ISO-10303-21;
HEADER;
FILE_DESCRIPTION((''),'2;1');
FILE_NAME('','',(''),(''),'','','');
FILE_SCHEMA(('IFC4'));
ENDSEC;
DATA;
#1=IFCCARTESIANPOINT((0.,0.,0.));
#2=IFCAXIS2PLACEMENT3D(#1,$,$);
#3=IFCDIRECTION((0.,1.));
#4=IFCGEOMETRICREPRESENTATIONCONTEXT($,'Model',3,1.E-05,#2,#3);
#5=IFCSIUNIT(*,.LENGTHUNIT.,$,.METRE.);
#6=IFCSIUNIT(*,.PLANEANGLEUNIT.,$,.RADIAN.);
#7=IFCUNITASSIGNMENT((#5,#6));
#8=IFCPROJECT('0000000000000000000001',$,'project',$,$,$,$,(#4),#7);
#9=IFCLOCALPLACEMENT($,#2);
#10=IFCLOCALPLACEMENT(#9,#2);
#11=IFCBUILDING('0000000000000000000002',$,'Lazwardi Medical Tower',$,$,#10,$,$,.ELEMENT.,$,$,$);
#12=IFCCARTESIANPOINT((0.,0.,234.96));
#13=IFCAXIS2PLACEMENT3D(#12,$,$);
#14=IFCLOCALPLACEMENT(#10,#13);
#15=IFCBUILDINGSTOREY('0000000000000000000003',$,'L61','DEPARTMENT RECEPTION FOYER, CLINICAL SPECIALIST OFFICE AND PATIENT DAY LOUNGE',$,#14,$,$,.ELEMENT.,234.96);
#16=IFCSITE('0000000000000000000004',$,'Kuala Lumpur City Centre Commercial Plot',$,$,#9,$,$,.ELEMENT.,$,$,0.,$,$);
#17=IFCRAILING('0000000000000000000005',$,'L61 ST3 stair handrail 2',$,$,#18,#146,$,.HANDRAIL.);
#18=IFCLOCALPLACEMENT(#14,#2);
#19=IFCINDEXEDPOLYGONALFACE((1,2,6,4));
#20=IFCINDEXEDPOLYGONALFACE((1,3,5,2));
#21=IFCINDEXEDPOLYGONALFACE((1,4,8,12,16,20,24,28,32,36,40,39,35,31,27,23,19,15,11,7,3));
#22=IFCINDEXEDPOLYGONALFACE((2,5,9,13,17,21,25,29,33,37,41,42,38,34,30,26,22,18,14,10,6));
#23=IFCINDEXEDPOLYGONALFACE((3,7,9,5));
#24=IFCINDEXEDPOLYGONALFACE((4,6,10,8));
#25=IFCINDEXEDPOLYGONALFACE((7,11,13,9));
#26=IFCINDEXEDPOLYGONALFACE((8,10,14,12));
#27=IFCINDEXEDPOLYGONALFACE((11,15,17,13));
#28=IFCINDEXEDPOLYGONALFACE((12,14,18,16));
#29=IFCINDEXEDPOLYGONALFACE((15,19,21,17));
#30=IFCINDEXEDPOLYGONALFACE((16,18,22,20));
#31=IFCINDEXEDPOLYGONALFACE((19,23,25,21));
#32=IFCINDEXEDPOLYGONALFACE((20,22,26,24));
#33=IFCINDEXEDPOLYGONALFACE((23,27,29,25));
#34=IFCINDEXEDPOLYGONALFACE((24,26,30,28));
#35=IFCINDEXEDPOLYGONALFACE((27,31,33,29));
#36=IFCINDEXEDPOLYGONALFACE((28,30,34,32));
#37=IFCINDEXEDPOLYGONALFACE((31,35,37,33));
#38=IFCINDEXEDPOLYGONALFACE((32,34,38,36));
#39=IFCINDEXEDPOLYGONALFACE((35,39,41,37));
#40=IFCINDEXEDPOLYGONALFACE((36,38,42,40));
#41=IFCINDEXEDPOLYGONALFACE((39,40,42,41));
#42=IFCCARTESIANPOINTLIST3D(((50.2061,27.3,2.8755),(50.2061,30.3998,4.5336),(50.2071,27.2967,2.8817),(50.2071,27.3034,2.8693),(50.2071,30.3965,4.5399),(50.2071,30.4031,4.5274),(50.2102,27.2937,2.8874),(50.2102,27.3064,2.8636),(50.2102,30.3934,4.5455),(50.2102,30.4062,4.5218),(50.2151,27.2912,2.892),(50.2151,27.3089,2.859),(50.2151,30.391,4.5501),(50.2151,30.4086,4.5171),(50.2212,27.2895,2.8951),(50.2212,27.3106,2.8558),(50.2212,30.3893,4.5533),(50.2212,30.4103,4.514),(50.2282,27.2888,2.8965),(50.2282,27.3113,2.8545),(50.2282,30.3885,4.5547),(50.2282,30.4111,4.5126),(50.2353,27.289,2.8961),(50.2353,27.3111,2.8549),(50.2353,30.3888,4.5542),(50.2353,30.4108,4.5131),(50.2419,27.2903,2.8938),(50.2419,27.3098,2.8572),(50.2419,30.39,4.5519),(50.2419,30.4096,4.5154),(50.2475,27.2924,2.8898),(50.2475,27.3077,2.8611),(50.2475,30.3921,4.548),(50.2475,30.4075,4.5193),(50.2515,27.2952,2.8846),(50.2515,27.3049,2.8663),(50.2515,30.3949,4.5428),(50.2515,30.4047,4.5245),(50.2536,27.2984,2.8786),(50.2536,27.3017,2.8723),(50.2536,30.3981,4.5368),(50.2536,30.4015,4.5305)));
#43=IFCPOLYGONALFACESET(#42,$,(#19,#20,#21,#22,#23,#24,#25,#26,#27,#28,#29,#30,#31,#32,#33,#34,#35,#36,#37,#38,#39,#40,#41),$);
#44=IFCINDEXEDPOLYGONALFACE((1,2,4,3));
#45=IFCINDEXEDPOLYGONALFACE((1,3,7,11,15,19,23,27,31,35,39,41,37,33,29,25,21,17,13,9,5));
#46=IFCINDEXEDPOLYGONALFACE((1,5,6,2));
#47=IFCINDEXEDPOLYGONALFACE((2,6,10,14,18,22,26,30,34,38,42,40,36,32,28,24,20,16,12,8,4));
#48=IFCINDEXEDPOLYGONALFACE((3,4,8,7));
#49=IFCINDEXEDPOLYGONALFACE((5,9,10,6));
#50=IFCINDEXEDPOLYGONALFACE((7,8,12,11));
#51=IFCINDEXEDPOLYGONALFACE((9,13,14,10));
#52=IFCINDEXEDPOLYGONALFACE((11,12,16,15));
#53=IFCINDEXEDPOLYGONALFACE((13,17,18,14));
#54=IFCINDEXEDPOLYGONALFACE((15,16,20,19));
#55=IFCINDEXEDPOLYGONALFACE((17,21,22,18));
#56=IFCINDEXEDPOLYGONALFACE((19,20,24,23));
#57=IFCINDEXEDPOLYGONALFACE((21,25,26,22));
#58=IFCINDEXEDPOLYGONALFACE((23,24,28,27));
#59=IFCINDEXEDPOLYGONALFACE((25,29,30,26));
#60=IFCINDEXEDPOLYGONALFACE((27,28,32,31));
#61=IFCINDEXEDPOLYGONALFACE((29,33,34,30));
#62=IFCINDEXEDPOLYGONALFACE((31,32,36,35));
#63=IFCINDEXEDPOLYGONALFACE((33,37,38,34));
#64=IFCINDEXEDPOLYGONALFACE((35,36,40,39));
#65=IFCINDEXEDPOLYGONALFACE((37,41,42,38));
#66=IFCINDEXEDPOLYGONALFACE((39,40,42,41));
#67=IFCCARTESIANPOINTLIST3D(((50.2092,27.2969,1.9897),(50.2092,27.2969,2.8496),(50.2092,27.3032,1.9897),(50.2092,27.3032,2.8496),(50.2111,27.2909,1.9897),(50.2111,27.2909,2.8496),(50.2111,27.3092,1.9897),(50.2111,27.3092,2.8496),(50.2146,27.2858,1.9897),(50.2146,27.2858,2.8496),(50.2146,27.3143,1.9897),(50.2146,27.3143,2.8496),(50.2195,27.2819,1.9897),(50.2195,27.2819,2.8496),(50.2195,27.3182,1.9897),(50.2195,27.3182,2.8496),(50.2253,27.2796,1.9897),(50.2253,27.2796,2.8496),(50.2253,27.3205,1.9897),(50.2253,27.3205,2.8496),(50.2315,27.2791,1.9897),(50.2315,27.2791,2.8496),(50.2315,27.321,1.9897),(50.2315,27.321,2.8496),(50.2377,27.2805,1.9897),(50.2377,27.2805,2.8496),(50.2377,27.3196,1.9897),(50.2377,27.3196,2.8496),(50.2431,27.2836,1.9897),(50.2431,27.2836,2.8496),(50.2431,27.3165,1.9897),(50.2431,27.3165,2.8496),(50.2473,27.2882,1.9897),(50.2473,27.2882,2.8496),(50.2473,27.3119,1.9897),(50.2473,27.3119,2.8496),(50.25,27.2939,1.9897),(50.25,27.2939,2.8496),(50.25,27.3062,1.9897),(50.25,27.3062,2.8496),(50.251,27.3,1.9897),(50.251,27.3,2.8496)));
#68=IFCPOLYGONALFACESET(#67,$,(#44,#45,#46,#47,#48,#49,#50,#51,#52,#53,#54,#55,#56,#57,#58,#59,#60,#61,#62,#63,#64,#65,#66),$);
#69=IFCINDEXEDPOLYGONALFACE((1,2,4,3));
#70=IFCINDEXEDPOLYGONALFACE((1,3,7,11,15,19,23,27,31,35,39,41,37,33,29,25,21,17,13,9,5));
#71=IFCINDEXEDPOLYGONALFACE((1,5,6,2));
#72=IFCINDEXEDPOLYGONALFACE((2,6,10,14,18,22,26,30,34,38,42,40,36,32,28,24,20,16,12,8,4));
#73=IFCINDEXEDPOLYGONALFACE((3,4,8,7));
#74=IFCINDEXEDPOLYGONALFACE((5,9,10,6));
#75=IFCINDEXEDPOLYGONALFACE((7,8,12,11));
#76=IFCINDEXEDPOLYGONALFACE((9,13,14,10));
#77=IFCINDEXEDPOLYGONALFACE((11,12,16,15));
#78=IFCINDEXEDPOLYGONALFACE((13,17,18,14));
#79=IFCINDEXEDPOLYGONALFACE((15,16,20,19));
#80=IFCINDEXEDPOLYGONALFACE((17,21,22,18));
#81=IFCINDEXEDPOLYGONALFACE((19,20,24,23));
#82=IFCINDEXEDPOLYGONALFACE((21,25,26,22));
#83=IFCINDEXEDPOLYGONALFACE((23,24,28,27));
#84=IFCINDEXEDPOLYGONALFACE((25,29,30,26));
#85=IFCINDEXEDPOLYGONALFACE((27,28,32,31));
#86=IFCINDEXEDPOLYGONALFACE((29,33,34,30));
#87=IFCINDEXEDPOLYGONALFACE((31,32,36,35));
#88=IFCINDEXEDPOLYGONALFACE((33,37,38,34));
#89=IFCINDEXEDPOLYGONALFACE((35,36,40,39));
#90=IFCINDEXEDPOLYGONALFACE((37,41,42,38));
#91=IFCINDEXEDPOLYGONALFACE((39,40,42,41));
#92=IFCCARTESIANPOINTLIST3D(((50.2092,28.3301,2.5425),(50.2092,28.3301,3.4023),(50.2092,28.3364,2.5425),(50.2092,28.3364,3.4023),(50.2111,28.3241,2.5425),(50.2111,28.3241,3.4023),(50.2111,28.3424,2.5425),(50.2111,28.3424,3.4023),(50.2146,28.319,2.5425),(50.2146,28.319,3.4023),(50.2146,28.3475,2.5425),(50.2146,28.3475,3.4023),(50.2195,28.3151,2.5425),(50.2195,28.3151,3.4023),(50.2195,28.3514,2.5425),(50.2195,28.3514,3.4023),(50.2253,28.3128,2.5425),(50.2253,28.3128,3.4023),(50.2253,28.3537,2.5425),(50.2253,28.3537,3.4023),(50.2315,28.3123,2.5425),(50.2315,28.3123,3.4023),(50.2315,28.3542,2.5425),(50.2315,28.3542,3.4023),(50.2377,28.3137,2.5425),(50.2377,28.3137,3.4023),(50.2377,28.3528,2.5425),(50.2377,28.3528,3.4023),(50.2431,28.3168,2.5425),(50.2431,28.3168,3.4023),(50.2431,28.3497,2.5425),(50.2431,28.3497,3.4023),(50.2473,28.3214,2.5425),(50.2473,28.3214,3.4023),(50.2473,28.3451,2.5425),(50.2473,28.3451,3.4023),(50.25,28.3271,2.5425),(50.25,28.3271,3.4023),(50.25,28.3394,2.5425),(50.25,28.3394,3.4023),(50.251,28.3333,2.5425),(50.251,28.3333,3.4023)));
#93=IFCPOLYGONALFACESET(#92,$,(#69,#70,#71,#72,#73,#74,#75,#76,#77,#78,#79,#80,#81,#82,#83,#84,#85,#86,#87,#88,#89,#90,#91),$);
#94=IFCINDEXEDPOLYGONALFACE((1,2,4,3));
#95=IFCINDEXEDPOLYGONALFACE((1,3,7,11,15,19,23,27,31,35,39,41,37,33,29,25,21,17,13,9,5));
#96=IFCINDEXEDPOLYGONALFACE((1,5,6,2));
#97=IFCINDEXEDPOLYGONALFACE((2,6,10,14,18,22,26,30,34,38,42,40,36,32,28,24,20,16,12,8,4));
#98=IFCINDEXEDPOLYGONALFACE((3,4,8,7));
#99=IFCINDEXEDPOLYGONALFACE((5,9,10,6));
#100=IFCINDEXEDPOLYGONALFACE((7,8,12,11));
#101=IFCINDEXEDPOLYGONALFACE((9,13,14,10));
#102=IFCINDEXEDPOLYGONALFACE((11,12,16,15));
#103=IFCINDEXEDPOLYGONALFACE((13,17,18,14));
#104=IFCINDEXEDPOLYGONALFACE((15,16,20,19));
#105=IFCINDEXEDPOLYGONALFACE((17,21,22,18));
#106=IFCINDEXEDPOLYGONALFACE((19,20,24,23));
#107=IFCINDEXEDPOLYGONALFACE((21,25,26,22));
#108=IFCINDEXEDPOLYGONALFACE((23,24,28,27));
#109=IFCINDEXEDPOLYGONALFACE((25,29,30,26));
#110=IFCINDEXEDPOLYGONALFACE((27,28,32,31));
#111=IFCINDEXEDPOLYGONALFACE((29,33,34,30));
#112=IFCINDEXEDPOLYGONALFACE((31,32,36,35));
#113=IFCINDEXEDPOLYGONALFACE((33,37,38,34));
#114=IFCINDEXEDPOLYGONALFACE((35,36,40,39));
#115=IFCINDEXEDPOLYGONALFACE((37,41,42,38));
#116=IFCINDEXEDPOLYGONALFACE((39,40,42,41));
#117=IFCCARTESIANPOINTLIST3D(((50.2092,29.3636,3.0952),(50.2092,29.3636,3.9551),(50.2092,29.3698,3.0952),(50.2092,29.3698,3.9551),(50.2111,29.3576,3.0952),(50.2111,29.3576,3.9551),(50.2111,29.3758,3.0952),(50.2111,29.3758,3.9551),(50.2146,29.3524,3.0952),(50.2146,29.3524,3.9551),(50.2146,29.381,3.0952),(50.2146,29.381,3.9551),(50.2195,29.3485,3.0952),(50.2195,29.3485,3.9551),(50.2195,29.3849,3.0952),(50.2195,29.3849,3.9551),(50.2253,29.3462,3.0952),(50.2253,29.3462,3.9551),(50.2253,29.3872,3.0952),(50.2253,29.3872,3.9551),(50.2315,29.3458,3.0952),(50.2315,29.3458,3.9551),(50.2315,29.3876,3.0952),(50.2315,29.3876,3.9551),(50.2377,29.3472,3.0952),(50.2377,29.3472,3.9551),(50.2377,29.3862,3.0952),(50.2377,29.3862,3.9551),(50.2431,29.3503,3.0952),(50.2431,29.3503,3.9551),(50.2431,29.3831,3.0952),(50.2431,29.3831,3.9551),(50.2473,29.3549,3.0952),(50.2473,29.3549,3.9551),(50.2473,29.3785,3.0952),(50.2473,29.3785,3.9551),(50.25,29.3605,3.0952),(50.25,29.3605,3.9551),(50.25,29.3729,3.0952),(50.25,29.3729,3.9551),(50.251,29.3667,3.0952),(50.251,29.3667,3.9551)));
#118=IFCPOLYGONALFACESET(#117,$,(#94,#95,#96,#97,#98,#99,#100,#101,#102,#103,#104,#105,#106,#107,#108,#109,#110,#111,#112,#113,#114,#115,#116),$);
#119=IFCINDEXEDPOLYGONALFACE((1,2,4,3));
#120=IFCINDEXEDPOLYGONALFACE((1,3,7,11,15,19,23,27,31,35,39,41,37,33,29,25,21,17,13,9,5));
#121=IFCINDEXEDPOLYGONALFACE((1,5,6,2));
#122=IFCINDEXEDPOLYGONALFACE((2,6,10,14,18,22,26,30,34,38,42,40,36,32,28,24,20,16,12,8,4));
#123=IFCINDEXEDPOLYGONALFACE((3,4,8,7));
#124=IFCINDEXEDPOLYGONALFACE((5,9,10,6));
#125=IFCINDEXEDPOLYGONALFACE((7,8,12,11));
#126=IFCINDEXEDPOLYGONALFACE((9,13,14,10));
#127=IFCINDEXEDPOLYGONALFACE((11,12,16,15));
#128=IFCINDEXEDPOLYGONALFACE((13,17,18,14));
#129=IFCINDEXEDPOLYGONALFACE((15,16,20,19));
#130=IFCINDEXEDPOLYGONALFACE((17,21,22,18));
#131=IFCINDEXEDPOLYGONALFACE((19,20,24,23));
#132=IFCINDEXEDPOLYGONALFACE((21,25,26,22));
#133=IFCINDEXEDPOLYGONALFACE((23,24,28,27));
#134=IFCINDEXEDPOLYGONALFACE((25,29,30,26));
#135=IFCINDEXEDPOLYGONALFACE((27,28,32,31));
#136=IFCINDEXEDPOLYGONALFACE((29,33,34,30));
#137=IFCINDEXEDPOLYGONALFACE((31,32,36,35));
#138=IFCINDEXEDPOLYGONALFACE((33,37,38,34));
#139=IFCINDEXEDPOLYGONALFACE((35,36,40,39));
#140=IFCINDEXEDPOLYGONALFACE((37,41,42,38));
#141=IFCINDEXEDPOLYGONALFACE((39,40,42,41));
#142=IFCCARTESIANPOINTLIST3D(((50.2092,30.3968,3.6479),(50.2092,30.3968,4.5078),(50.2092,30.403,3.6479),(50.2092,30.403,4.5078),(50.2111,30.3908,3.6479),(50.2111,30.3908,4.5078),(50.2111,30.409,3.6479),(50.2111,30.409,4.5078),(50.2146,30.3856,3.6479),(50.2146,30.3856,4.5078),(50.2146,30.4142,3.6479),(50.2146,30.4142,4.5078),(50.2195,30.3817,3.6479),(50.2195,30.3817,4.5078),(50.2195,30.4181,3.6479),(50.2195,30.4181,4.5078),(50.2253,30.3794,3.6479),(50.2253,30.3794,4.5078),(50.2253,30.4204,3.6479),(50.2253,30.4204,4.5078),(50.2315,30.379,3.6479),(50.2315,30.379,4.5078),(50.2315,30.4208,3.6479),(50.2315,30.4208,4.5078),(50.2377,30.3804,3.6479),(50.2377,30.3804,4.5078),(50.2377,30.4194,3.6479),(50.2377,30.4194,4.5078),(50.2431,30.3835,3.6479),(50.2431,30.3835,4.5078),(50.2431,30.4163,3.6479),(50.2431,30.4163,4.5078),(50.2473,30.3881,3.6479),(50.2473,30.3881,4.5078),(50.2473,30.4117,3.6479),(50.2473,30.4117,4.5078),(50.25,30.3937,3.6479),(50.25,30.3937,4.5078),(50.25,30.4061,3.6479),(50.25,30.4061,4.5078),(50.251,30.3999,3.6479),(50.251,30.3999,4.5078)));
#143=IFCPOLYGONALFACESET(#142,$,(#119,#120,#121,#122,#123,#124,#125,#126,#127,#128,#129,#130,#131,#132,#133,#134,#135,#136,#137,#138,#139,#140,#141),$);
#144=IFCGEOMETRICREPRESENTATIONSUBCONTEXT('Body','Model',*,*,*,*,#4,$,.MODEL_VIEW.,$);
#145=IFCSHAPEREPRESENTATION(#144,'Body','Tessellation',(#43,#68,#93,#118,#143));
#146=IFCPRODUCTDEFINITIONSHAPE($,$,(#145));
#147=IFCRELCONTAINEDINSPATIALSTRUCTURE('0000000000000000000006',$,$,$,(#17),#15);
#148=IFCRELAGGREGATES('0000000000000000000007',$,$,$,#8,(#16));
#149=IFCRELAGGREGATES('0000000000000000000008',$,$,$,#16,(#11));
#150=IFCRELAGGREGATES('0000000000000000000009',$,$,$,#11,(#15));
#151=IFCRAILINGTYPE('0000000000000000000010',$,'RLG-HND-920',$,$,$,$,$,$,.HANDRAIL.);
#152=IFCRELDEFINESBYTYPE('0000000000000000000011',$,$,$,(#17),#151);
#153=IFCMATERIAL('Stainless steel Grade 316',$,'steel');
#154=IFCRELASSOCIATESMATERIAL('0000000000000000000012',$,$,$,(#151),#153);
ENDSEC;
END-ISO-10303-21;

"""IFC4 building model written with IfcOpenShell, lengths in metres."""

from ifc_helpers import new_model, si_unit, direction, frame, origin, origin_2d, place, context, subcontext, project, spatial, circle, extrude, material, type_object, element, save


model = new_model("IFC4")

# Units and contexts
model_context = context("Model", 3, precision=1e-05, world=origin(), true_north=direction((0.0, 1.0)))
body_context = subcontext(model_context, "Body", "Model", "MODEL_VIEW")
ifc_project = project(units=[si_unit("LENGTHUNIT", "METRE"), si_unit("PLANEANGLEUNIT", "RADIAN")], contexts=[model_context])

# Site, building, storey
site_placement = place(None, origin())
site = spatial("IfcSite", under=ifc_project, at=site_placement, Name="Kuala Lumpur City Centre Commercial Plot", CompositionType="ELEMENT", RefElevation=0.0)
building_placement = place(site_placement, origin())
building = spatial("IfcBuilding", under=site, at=building_placement, Name="Lazwardi Medical Tower", CompositionType="ELEMENT")
storey_placement = place(building_placement, frame((0.0, 0.0, 234.96)))
storey = spatial("IfcBuildingStorey", under=building, at=storey_placement, Name="L61", Description="DEPARTMENT RECEPTION FOYER, CLINICAL SPECIALIST OFFICE AND PATIENT DAY LOUNGE", CompositionType="ELEMENT", Elevation=234.96)

# Railing
ifc_material_1 = material(Name="Stainless steel Grade 316", Category="steel")
railing_type_1 = type_object("IfcRailingType", Name="RLG-HND-920", PredefinedType="HANDRAIL", material=ifc_material_1)
railing_1_placement = place(storey_placement, frame((50.23, 27.3, 1.9897)))
element("IfcRailing", 1, at=railing_1_placement, inside=storey, type_object=railing_type_1, Name="L61 ST3 stair handrail 2", PredefinedType="HANDRAIL", context=body_context, shape_type="SweptSolid", body=[
    extrude(circle(Radius=0.0239, at=origin_2d()), frame((0.0, 0.0, 0.8857), z_axis=(0.0, 0.881768, 0.471684), x_axis=(-1.0, 0.0, 0.0)), (0.0, 0.0, 1.0), 3.5154),
    extrude(circle(Radius=0.021, at=origin_2d()), origin(), (0.0, 0.0, 1.0), 0.8599),
    extrude(circle(Radius=0.021, at=origin_2d()), frame((0.0, 1.0332, 0.5527)), (0.0, 0.0, 1.0), 0.8599),
    extrude(circle(Radius=0.021, at=origin_2d()), frame((0.0, 2.0667, 1.1055)), (0.0, 0.0, 1.0), 0.8599),
    extrude(circle(Radius=0.021, at=origin_2d()), frame((0.0, 3.0999, 1.6582)), (0.0, 0.0, 1.0), 0.8599),
])

save(model, "model.ifc")
